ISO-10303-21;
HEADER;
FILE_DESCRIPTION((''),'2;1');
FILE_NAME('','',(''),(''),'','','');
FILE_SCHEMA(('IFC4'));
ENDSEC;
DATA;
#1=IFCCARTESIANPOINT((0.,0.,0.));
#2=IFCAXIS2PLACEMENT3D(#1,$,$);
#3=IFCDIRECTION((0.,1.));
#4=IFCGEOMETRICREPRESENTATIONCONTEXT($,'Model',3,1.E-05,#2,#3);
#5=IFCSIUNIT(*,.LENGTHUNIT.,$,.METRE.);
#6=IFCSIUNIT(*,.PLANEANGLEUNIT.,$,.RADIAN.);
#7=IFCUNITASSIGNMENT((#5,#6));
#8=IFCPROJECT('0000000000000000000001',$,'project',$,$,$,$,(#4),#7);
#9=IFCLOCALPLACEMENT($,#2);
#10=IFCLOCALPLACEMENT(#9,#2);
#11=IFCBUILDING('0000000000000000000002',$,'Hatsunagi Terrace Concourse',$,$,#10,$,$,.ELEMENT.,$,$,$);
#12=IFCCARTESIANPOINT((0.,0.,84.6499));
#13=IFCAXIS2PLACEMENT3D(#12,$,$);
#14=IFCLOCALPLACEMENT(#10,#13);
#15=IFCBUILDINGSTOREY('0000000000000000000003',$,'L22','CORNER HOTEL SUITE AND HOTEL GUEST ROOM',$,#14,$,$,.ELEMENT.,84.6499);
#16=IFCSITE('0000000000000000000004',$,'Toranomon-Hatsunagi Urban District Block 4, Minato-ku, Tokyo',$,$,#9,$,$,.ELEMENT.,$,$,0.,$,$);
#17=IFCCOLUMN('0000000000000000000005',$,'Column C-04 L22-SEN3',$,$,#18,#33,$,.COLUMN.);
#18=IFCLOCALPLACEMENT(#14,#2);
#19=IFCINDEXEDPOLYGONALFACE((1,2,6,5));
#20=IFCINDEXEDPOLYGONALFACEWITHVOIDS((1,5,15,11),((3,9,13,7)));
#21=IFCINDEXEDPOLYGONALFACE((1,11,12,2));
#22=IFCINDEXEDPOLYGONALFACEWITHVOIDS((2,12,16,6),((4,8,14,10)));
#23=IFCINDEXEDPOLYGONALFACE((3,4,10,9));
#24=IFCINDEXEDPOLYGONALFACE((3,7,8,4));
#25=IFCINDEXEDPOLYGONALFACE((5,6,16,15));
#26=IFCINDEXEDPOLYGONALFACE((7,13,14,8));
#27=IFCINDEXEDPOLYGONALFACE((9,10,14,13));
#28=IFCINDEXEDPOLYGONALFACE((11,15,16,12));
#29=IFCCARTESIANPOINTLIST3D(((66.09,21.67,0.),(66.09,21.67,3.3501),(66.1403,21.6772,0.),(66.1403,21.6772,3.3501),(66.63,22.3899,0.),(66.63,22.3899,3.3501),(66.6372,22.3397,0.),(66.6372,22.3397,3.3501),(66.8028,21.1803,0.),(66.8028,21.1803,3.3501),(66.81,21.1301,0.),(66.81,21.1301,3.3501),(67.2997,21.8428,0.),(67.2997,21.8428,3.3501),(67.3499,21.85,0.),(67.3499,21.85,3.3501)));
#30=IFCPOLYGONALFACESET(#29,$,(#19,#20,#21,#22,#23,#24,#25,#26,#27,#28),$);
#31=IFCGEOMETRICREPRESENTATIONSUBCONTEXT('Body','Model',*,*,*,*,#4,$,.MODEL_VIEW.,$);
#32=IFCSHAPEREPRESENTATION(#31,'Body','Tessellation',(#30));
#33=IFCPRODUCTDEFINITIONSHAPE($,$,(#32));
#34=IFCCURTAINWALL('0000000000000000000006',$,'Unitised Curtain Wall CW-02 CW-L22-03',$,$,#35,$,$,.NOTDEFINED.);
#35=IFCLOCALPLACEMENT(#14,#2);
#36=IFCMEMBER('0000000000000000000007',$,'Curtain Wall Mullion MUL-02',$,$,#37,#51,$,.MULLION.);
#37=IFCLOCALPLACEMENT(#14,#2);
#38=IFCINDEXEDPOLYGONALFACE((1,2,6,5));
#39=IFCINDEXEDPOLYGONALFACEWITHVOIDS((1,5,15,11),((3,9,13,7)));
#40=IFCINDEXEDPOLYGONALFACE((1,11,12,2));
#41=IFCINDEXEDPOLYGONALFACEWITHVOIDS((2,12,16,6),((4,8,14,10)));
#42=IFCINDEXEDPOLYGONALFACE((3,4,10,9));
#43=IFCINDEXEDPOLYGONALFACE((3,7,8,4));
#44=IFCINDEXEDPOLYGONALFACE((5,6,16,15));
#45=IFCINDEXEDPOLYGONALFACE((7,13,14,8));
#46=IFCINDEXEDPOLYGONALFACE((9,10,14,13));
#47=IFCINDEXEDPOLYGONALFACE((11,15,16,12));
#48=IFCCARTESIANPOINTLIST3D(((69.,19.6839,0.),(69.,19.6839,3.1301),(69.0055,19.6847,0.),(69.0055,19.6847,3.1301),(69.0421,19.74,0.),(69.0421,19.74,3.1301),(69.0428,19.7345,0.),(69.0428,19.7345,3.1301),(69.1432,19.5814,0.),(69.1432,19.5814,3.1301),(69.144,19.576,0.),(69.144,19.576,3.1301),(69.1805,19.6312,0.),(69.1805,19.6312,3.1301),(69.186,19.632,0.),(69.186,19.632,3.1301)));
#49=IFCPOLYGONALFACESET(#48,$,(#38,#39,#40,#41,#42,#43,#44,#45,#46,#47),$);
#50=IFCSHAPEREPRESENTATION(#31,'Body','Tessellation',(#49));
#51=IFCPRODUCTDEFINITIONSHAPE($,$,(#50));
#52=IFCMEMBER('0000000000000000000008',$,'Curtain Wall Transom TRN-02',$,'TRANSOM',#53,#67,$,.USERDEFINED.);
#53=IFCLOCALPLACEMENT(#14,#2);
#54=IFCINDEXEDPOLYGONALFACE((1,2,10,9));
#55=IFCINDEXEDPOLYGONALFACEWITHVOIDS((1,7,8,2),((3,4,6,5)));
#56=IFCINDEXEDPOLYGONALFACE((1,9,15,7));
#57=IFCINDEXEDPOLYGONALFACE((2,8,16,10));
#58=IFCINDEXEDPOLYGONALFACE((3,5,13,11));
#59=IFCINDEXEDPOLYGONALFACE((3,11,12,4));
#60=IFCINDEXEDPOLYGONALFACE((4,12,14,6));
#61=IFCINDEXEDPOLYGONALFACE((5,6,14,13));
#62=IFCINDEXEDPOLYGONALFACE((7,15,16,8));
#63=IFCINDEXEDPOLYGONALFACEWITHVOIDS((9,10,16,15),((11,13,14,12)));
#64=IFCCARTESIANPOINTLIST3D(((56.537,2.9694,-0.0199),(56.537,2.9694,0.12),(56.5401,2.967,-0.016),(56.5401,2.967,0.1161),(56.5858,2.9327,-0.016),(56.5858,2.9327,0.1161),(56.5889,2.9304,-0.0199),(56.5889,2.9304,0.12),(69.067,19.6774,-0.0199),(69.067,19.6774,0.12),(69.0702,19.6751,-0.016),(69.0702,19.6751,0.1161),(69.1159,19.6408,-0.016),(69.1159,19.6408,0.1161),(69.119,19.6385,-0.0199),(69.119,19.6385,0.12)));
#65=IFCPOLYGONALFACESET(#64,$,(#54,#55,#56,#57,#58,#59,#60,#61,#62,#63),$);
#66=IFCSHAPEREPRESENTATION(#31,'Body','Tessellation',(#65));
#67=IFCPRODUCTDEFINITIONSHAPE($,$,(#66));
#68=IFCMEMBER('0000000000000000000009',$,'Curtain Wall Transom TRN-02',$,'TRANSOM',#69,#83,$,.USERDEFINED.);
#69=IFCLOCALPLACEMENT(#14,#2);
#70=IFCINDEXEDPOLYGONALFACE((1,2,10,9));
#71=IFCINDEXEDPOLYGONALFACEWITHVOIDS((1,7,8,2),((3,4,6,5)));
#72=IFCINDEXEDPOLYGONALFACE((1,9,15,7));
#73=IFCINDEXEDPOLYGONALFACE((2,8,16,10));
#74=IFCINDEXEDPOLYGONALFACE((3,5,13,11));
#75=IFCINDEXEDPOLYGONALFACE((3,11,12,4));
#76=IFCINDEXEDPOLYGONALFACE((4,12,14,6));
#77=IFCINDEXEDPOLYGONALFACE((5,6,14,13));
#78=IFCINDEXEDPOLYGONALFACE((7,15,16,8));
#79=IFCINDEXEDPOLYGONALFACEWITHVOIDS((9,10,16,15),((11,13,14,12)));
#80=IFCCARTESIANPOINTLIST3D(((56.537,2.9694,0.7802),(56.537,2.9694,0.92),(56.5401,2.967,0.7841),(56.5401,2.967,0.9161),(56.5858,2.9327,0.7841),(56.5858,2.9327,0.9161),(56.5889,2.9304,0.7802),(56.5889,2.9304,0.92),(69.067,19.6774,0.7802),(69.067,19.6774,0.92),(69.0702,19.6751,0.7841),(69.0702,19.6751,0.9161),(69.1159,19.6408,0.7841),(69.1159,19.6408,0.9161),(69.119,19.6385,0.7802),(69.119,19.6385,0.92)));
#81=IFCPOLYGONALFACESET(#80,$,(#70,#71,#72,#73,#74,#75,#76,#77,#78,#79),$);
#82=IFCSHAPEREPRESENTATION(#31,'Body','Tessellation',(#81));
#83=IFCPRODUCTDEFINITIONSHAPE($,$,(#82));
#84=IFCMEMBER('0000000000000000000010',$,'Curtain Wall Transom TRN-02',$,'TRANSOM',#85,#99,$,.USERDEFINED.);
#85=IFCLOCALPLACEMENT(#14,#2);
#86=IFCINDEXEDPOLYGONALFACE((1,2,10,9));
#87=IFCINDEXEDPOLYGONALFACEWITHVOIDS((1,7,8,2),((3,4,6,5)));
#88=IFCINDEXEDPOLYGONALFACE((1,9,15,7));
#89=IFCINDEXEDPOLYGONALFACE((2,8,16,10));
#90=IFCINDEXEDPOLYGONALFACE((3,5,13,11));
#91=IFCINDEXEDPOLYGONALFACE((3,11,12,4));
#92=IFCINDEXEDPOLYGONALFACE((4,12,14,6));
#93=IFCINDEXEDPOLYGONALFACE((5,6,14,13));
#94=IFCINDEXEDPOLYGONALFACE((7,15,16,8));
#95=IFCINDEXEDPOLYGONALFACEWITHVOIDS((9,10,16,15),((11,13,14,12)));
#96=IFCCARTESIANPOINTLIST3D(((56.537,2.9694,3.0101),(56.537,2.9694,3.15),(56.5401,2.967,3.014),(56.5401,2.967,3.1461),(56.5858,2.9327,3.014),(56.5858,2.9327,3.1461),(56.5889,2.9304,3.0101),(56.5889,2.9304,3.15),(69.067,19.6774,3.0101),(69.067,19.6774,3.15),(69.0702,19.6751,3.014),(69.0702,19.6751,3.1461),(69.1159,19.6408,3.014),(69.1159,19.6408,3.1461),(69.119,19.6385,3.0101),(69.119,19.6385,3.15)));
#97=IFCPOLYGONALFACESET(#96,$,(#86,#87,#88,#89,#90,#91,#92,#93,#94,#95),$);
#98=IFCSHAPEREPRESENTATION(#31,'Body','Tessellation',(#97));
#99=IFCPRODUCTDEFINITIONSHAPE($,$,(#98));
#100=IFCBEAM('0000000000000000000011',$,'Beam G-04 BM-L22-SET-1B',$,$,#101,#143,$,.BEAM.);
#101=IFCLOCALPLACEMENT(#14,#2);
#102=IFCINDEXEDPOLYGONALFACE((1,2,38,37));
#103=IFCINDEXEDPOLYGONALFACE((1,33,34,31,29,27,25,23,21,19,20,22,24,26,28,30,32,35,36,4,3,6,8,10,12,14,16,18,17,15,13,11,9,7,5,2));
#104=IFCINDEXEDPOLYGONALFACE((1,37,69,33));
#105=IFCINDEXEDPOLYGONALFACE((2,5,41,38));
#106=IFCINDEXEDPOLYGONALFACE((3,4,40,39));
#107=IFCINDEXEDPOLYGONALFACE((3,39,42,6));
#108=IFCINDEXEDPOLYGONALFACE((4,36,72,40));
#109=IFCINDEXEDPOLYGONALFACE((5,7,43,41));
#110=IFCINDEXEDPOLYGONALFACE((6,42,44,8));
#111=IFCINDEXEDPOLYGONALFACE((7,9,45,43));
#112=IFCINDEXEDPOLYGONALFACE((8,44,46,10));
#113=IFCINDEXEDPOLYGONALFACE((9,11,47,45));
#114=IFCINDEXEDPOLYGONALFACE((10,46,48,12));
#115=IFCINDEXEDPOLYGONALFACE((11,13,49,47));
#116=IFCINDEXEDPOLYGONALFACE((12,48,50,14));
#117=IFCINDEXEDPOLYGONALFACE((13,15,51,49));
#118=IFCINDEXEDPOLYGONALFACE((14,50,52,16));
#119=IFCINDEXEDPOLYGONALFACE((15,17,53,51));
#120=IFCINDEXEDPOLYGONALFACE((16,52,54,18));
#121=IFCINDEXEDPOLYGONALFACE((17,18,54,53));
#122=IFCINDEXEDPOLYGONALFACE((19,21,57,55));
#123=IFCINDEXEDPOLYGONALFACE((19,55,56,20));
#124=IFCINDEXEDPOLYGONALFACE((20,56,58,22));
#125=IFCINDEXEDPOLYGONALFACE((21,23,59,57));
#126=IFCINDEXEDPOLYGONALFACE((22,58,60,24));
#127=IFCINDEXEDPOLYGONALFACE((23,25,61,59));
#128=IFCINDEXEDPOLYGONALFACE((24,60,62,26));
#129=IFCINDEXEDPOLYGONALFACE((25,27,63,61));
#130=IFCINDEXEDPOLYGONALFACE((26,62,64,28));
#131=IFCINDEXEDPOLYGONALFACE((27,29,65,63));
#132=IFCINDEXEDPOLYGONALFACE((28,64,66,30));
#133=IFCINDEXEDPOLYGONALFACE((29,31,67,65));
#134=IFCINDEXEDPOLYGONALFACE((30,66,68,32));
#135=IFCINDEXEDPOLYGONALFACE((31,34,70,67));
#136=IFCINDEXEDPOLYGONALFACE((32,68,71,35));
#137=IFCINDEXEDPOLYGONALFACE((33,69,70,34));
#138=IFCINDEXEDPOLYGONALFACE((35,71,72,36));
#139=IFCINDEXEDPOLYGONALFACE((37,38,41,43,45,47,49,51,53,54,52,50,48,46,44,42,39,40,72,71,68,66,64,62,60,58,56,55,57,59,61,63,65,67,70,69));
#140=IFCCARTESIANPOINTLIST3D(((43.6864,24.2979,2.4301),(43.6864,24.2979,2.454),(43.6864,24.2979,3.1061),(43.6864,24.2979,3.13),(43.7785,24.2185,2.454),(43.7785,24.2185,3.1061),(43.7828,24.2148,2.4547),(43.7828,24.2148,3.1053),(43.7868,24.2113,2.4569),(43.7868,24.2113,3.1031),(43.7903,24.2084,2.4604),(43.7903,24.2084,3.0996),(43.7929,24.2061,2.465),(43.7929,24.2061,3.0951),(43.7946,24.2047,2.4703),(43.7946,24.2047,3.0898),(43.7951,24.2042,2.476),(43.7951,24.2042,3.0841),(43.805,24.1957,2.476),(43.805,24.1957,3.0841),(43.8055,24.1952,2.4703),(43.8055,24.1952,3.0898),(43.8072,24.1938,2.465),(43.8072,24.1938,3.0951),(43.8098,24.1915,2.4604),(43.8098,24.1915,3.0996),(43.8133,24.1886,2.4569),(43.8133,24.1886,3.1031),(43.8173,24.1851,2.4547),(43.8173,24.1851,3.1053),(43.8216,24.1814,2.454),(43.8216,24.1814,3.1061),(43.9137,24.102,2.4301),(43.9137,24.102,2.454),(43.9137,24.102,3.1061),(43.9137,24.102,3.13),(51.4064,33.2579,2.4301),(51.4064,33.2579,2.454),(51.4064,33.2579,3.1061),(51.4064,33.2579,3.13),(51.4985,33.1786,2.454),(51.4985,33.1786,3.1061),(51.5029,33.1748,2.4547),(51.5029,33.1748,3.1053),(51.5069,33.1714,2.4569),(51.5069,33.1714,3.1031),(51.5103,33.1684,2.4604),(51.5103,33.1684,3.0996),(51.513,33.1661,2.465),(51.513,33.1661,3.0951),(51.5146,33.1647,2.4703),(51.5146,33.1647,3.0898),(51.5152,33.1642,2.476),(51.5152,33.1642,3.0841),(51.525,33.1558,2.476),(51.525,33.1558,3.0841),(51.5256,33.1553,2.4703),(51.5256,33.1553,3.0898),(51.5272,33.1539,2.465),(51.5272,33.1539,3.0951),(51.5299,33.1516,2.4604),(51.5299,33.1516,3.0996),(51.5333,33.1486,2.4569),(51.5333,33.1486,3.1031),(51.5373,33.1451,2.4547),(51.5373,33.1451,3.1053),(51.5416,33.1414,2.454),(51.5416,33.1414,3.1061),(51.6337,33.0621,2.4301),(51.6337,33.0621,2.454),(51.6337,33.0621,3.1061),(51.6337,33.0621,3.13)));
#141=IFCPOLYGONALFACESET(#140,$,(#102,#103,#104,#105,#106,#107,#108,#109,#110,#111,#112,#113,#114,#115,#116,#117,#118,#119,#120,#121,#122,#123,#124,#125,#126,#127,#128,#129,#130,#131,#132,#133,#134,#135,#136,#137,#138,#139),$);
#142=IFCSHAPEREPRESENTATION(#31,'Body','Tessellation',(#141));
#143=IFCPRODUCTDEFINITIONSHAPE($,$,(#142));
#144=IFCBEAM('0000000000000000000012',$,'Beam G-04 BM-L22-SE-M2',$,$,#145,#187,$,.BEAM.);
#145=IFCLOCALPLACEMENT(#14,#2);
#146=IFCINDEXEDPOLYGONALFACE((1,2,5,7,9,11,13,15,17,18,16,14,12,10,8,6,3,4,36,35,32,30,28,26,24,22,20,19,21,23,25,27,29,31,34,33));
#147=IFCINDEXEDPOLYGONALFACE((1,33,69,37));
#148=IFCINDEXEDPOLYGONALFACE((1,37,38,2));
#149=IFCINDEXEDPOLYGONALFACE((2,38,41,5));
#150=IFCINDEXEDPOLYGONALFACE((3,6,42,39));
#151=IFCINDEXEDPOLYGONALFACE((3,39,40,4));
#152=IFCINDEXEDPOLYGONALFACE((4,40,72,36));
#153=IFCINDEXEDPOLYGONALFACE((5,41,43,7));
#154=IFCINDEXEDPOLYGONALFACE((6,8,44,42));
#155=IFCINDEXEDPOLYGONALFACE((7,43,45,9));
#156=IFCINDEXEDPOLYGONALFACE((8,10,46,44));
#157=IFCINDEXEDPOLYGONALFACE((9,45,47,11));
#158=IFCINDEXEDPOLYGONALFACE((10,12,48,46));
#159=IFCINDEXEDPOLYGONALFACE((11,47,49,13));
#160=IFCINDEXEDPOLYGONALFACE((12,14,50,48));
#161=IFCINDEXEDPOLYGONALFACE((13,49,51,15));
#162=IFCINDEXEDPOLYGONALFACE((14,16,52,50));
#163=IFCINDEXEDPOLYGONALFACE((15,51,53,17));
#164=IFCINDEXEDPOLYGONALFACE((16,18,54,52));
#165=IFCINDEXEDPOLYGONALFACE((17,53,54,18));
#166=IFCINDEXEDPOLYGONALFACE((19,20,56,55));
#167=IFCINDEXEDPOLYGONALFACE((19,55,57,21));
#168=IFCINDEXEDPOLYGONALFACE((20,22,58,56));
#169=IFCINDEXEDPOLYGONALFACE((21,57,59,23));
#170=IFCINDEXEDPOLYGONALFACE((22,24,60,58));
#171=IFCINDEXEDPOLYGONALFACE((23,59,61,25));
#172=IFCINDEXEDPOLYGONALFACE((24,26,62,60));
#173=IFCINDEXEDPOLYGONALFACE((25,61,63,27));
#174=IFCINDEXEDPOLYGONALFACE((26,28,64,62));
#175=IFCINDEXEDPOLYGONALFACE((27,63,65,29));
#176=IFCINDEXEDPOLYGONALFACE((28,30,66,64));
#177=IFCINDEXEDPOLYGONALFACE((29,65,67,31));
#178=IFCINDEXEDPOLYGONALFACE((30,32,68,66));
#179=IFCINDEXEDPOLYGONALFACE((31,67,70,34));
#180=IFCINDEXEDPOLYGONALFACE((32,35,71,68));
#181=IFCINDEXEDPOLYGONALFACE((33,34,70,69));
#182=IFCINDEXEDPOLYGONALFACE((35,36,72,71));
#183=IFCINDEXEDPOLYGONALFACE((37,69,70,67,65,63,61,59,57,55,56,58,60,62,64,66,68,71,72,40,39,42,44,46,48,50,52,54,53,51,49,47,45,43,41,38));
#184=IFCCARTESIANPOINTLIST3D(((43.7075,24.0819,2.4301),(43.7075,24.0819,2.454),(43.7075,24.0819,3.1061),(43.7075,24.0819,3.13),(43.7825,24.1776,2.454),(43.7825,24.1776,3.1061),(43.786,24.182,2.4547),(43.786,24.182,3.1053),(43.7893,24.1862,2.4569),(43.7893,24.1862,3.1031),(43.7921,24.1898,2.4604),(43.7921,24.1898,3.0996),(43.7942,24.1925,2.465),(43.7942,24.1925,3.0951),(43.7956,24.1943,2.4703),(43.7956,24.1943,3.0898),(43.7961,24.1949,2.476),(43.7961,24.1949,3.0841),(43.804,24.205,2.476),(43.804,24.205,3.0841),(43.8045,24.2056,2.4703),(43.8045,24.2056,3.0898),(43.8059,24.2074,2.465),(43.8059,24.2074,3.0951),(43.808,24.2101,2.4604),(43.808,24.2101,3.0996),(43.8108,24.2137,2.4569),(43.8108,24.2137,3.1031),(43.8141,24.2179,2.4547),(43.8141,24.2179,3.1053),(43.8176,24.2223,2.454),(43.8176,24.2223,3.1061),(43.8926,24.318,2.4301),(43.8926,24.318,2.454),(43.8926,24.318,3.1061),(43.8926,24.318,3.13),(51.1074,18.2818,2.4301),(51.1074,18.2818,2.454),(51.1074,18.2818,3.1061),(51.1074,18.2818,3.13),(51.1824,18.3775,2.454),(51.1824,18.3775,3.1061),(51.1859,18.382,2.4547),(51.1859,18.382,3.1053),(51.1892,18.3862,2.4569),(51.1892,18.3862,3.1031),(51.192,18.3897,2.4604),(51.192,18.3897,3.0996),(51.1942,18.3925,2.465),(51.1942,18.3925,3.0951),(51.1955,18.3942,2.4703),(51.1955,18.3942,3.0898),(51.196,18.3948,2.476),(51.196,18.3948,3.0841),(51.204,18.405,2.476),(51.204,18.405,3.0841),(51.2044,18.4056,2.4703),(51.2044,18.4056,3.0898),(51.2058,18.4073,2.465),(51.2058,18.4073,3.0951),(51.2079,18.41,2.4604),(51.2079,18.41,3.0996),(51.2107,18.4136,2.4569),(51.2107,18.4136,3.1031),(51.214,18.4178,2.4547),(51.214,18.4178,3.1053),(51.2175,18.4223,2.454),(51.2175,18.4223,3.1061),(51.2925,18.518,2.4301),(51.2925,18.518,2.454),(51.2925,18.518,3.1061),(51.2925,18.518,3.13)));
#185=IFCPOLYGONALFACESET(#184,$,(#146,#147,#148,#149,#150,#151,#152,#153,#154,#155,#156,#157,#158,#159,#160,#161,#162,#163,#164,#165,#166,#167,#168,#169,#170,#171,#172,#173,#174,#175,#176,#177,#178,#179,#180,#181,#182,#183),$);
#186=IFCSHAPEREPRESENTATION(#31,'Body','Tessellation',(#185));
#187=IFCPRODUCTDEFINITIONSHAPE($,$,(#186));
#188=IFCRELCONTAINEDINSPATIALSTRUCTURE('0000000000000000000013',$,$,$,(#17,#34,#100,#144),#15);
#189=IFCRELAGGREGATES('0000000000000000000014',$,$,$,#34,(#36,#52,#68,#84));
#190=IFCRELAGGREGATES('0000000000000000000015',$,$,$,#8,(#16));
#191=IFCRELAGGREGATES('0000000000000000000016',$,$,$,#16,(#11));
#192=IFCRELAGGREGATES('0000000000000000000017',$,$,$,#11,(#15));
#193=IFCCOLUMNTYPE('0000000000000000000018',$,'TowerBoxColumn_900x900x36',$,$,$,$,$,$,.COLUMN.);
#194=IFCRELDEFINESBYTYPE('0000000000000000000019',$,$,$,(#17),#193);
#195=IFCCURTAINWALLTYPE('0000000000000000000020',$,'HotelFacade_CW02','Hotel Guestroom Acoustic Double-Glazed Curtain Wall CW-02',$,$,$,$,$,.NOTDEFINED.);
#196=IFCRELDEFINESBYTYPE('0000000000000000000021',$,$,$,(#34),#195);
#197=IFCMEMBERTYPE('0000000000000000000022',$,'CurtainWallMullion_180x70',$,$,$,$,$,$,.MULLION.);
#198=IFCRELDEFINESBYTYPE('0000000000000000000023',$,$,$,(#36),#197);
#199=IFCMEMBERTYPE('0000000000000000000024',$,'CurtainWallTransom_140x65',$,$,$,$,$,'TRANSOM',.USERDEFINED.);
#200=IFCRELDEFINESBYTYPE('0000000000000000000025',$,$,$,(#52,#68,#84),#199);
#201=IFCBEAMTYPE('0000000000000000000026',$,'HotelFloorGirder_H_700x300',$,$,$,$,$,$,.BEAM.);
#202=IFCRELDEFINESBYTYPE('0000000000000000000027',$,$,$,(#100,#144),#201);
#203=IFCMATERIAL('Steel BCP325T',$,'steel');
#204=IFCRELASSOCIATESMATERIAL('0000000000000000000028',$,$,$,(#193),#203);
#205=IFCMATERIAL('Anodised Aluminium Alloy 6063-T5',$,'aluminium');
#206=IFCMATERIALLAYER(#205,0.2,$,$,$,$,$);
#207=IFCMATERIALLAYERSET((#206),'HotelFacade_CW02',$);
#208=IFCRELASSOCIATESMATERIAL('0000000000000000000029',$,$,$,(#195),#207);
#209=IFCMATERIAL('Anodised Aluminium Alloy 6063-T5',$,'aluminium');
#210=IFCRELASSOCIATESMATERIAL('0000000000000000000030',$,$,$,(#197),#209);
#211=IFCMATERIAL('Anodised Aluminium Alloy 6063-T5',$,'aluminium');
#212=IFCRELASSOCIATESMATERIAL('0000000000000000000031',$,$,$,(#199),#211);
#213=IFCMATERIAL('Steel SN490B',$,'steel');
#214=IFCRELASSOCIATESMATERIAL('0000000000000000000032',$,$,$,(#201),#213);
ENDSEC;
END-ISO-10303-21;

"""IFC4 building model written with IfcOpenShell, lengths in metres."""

from ifc_helpers import new_model, si_unit, direction, frame, origin, origin_2d, place, context, subcontext, project, spatial, hollow_rectangle, i_section, extrude, material, layer, layer_set, material_profile, profile_set, type_object, element, aggregate, save


model = new_model("IFC4")

# Units and contexts
model_context = context("Model", 3, precision=1e-05, world=origin(), true_north=direction((0.0, 1.0)))
body_context = subcontext(model_context, "Body", "Model", "MODEL_VIEW")
ifc_project = project(units=[si_unit("LENGTHUNIT", "METRE"), si_unit("PLANEANGLEUNIT", "RADIAN")], contexts=[model_context])

# Site, building, storey
site_placement = place(None, origin())
site = spatial("IfcSite", under=ifc_project, at=site_placement, Name="Toranomon-Hatsunagi Urban District Block 4, Minato-ku, Tokyo", CompositionType="ELEMENT", RefElevation=0.0)
building_placement = place(site_placement, origin())
building = spatial("IfcBuilding", under=site, at=building_placement, Name="Hatsunagi Terrace Concourse", CompositionType="ELEMENT")
storey_placement = place(building_placement, frame((0.0, 0.0, 84.6499)))
storey = spatial("IfcBuildingStorey", under=building, at=storey_placement, Name="L22", Description="CORNER HOTEL SUITE AND HOTEL GUEST ROOM", CompositionType="ELEMENT", Elevation=84.6499)

# Column
ifc_material_1 = material(Name="Steel BCP325T", Category="steel")
ifc_material_profile_1 = material_profile(ifc_material_1, hollow_rectangle(XDim=0.8999, YDim=0.8999, WallThickness=0.0359, at=origin_2d()), Name="BCP-900x900x36")
ifc_profile_set_1 = profile_set([ifc_material_profile_1], Name="Steel BCP325T")
column_type = type_object("IfcColumnType", Name="TowerBoxColumn_900x900x36", PredefinedType="COLUMN", material=ifc_profile_set_1)
column_placement = place(storey_placement, frame((66.72, 21.76, 0.0), z_axis=(0.0, 0.0, 1.0), x_axis=(0.8, -0.6, 0.0)))
element("IfcColumn", 1, at=column_placement, inside=storey, type_object=column_type, Name="Column C-04 L22-SEN3", PredefinedType="COLUMN", context=body_context, shape_type="SweptSolid", body=[
    extrude(hollow_rectangle(XDim=0.8999, YDim=0.8999, WallThickness=0.0359, at=origin_2d()), origin(), (0.0, 0.0, 1.0), 3.3501),
])

# Curtain wall, members
ifc_material_2 = material(Name="Anodised Aluminium Alloy 6063-T5", Category="aluminium")
ifc_layer_1 = layer(ifc_material_2, 0.2)
ifc_layer_set_1 = layer_set([ifc_layer_1], Name="HotelFacade_CW02")
curtain_wall_type = type_object("IfcCurtainWallType", Name="HotelFacade_CW02", Description="Hotel Guestroom Acoustic Double-Glazed Curtain Wall CW-02", PredefinedType="NOTDEFINED", material=ifc_layer_set_1)
curtain_wall_placement = place(storey_placement, origin())
curtain_wall = element("IfcCurtainWall", 2, at=curtain_wall_placement, inside=storey, type_object=curtain_wall_type, Name="Unitised Curtain Wall CW-02 CW-L22-03", PredefinedType="NOTDEFINED")
ifc_material_3 = material(Name="Anodised Aluminium Alloy 6063-T5", Category="aluminium")
ifc_material_profile_2 = material_profile(ifc_material_3, hollow_rectangle(XDim=0.0701, YDim=0.1799, WallThickness=0.0039, at=origin_2d()), Name="ALU-MUL-180x70x4")
ifc_profile_set_2 = profile_set([ifc_material_profile_2], Name="Anodised Aluminium Alloy 6063-T5")
member_type_1 = type_object("IfcMemberType", Name="CurtainWallMullion_180x70", PredefinedType="MULLION", material=ifc_profile_set_2)
member_1_placement = place(storey_placement, frame((69.093, 19.658, 0.0), z_axis=(0.0, 0.0, 1.0), x_axis=(-0.599969, -0.800023, 0.0)))
member_1 = element("IfcMember", 3, at=member_1_placement, type_object=member_type_1, Name="Curtain Wall Mullion MUL-02", PredefinedType="MULLION", context=body_context, shape_type="SweptSolid", body=[
    extrude(hollow_rectangle(XDim=0.0701, YDim=0.1799, WallThickness=0.0039, at=origin_2d()), origin(), (0.0, 0.0, 1.0), 3.1301),
])
ifc_material_4 = material(Name="Anodised Aluminium Alloy 6063-T5", Category="aluminium")
ifc_material_profile_3 = material_profile(ifc_material_4, hollow_rectangle(XDim=0.0649, YDim=0.1399, WallThickness=0.0039, at=origin_2d()), Name="ALU-TRN-140x65x4")
ifc_profile_set_3 = profile_set([ifc_material_profile_3], Name="Anodised Aluminium Alloy 6063-T5")
member_type_2 = type_object("IfcMemberType", Name="CurtainWallTransom_140x65", ElementType="TRANSOM", PredefinedType="USERDEFINED", material=ifc_profile_set_3)
member_2_placement = place(storey_placement, frame((69.093, 19.658, 0.05), z_axis=(-0.59997, -0.800022, 0.0), x_axis=(0.800022, -0.59997, 0.0)))
member_2 = element("IfcMember", 4, at=member_2_placement, type_object=member_type_2, Name="Curtain Wall Transom TRN-02", ObjectType="TRANSOM", PredefinedType="USERDEFINED", context=body_context, shape_type="SweptSolid", body=[
    extrude(hollow_rectangle(XDim=0.0649, YDim=0.1399, WallThickness=0.0039, at=origin_2d()), origin(), (0.0, 0.0, 1.0), 20.8845),
])
member_3_placement = place(storey_placement, frame((69.093, 19.658, 0.8501), z_axis=(-0.59997, -0.800022, 0.0), x_axis=(0.800022, -0.59997, 0.0)))
member_3 = element("IfcMember", 5, at=member_3_placement, type_object=member_type_2, Name="Curtain Wall Transom TRN-02", ObjectType="TRANSOM", PredefinedType="USERDEFINED", context=body_context, shape_type="SweptSolid", body=[
    extrude(hollow_rectangle(XDim=0.0649, YDim=0.1399, WallThickness=0.0039, at=origin_2d()), origin(), (0.0, 0.0, 1.0), 20.8845),
])
member_4_placement = place(storey_placement, frame((69.093, 19.658, 3.0801), z_axis=(-0.59997, -0.800022, 0.0), x_axis=(0.800022, -0.59997, 0.0)))
member_4 = element("IfcMember", 6, at=member_4_placement, type_object=member_type_2, Name="Curtain Wall Transom TRN-02", ObjectType="TRANSOM", PredefinedType="USERDEFINED", context=body_context, shape_type="SweptSolid", body=[
    extrude(hollow_rectangle(XDim=0.0649, YDim=0.1399, WallThickness=0.0039, at=origin_2d()), origin(), (0.0, 0.0, 1.0), 20.8845),
])

# Beams
ifc_material_5 = material(Name="Steel SN490B", Category="steel")
ifc_material_profile_4 = material_profile(ifc_material_5, i_section(OverallWidth=0.3, OverallDepth=0.7, WebThickness=0.0129, FlangeThickness=0.0239, FilletRadius=0.022, at=origin_2d()), Name="H-700x300x13x24")
ifc_profile_set_4 = profile_set([ifc_material_profile_4], Name="Steel SN490B")
beam_type_1 = type_object("IfcBeamType", Name="HotelFloorGirder_H_700x300", PredefinedType="BEAM", material=ifc_profile_set_4)
beam_1_placement = place(storey_placement, frame((43.8, 24.2, 2.78), z_axis=(0.652739, 0.757583, 0.0), x_axis=(-0.757583, 0.652739, 0.0)))
element("IfcBeam", 7, at=beam_1_placement, inside=storey, type_object=beam_type_1, Name="Beam G-04 BM-L22-SET-1B", PredefinedType="BEAM", context=body_context, shape_type="SweptSolid", body=[
    extrude(i_section(OverallWidth=0.3, OverallDepth=0.7, WebThickness=0.0129, FlangeThickness=0.0239, FilletRadius=0.022, at=origin_2d()), origin(), (0.0, 0.0, 1.0), 11.8271),
])
beam_2_placement = place(storey_placement, frame((43.8, 24.2, 2.78), z_axis=(0.787049, -0.61689, 0.0), x_axis=(0.61689, 0.787049, 0.0)))
element("IfcBeam", 8, at=beam_2_placement, inside=storey, type_object=beam_type_1, Name="Beam G-04 BM-L22-SE-M2", PredefinedType="BEAM", context=body_context, shape_type="SweptSolid", body=[
    extrude(i_section(OverallWidth=0.3, OverallDepth=0.7, WebThickness=0.0129, FlangeThickness=0.0239, FilletRadius=0.022, at=origin_2d()), origin(), (0.0, 0.0, 1.0), 9.4021),
])

aggregate(curtain_wall, [member_1, member_2, member_3, member_4])

save(model, "model.ifc")
